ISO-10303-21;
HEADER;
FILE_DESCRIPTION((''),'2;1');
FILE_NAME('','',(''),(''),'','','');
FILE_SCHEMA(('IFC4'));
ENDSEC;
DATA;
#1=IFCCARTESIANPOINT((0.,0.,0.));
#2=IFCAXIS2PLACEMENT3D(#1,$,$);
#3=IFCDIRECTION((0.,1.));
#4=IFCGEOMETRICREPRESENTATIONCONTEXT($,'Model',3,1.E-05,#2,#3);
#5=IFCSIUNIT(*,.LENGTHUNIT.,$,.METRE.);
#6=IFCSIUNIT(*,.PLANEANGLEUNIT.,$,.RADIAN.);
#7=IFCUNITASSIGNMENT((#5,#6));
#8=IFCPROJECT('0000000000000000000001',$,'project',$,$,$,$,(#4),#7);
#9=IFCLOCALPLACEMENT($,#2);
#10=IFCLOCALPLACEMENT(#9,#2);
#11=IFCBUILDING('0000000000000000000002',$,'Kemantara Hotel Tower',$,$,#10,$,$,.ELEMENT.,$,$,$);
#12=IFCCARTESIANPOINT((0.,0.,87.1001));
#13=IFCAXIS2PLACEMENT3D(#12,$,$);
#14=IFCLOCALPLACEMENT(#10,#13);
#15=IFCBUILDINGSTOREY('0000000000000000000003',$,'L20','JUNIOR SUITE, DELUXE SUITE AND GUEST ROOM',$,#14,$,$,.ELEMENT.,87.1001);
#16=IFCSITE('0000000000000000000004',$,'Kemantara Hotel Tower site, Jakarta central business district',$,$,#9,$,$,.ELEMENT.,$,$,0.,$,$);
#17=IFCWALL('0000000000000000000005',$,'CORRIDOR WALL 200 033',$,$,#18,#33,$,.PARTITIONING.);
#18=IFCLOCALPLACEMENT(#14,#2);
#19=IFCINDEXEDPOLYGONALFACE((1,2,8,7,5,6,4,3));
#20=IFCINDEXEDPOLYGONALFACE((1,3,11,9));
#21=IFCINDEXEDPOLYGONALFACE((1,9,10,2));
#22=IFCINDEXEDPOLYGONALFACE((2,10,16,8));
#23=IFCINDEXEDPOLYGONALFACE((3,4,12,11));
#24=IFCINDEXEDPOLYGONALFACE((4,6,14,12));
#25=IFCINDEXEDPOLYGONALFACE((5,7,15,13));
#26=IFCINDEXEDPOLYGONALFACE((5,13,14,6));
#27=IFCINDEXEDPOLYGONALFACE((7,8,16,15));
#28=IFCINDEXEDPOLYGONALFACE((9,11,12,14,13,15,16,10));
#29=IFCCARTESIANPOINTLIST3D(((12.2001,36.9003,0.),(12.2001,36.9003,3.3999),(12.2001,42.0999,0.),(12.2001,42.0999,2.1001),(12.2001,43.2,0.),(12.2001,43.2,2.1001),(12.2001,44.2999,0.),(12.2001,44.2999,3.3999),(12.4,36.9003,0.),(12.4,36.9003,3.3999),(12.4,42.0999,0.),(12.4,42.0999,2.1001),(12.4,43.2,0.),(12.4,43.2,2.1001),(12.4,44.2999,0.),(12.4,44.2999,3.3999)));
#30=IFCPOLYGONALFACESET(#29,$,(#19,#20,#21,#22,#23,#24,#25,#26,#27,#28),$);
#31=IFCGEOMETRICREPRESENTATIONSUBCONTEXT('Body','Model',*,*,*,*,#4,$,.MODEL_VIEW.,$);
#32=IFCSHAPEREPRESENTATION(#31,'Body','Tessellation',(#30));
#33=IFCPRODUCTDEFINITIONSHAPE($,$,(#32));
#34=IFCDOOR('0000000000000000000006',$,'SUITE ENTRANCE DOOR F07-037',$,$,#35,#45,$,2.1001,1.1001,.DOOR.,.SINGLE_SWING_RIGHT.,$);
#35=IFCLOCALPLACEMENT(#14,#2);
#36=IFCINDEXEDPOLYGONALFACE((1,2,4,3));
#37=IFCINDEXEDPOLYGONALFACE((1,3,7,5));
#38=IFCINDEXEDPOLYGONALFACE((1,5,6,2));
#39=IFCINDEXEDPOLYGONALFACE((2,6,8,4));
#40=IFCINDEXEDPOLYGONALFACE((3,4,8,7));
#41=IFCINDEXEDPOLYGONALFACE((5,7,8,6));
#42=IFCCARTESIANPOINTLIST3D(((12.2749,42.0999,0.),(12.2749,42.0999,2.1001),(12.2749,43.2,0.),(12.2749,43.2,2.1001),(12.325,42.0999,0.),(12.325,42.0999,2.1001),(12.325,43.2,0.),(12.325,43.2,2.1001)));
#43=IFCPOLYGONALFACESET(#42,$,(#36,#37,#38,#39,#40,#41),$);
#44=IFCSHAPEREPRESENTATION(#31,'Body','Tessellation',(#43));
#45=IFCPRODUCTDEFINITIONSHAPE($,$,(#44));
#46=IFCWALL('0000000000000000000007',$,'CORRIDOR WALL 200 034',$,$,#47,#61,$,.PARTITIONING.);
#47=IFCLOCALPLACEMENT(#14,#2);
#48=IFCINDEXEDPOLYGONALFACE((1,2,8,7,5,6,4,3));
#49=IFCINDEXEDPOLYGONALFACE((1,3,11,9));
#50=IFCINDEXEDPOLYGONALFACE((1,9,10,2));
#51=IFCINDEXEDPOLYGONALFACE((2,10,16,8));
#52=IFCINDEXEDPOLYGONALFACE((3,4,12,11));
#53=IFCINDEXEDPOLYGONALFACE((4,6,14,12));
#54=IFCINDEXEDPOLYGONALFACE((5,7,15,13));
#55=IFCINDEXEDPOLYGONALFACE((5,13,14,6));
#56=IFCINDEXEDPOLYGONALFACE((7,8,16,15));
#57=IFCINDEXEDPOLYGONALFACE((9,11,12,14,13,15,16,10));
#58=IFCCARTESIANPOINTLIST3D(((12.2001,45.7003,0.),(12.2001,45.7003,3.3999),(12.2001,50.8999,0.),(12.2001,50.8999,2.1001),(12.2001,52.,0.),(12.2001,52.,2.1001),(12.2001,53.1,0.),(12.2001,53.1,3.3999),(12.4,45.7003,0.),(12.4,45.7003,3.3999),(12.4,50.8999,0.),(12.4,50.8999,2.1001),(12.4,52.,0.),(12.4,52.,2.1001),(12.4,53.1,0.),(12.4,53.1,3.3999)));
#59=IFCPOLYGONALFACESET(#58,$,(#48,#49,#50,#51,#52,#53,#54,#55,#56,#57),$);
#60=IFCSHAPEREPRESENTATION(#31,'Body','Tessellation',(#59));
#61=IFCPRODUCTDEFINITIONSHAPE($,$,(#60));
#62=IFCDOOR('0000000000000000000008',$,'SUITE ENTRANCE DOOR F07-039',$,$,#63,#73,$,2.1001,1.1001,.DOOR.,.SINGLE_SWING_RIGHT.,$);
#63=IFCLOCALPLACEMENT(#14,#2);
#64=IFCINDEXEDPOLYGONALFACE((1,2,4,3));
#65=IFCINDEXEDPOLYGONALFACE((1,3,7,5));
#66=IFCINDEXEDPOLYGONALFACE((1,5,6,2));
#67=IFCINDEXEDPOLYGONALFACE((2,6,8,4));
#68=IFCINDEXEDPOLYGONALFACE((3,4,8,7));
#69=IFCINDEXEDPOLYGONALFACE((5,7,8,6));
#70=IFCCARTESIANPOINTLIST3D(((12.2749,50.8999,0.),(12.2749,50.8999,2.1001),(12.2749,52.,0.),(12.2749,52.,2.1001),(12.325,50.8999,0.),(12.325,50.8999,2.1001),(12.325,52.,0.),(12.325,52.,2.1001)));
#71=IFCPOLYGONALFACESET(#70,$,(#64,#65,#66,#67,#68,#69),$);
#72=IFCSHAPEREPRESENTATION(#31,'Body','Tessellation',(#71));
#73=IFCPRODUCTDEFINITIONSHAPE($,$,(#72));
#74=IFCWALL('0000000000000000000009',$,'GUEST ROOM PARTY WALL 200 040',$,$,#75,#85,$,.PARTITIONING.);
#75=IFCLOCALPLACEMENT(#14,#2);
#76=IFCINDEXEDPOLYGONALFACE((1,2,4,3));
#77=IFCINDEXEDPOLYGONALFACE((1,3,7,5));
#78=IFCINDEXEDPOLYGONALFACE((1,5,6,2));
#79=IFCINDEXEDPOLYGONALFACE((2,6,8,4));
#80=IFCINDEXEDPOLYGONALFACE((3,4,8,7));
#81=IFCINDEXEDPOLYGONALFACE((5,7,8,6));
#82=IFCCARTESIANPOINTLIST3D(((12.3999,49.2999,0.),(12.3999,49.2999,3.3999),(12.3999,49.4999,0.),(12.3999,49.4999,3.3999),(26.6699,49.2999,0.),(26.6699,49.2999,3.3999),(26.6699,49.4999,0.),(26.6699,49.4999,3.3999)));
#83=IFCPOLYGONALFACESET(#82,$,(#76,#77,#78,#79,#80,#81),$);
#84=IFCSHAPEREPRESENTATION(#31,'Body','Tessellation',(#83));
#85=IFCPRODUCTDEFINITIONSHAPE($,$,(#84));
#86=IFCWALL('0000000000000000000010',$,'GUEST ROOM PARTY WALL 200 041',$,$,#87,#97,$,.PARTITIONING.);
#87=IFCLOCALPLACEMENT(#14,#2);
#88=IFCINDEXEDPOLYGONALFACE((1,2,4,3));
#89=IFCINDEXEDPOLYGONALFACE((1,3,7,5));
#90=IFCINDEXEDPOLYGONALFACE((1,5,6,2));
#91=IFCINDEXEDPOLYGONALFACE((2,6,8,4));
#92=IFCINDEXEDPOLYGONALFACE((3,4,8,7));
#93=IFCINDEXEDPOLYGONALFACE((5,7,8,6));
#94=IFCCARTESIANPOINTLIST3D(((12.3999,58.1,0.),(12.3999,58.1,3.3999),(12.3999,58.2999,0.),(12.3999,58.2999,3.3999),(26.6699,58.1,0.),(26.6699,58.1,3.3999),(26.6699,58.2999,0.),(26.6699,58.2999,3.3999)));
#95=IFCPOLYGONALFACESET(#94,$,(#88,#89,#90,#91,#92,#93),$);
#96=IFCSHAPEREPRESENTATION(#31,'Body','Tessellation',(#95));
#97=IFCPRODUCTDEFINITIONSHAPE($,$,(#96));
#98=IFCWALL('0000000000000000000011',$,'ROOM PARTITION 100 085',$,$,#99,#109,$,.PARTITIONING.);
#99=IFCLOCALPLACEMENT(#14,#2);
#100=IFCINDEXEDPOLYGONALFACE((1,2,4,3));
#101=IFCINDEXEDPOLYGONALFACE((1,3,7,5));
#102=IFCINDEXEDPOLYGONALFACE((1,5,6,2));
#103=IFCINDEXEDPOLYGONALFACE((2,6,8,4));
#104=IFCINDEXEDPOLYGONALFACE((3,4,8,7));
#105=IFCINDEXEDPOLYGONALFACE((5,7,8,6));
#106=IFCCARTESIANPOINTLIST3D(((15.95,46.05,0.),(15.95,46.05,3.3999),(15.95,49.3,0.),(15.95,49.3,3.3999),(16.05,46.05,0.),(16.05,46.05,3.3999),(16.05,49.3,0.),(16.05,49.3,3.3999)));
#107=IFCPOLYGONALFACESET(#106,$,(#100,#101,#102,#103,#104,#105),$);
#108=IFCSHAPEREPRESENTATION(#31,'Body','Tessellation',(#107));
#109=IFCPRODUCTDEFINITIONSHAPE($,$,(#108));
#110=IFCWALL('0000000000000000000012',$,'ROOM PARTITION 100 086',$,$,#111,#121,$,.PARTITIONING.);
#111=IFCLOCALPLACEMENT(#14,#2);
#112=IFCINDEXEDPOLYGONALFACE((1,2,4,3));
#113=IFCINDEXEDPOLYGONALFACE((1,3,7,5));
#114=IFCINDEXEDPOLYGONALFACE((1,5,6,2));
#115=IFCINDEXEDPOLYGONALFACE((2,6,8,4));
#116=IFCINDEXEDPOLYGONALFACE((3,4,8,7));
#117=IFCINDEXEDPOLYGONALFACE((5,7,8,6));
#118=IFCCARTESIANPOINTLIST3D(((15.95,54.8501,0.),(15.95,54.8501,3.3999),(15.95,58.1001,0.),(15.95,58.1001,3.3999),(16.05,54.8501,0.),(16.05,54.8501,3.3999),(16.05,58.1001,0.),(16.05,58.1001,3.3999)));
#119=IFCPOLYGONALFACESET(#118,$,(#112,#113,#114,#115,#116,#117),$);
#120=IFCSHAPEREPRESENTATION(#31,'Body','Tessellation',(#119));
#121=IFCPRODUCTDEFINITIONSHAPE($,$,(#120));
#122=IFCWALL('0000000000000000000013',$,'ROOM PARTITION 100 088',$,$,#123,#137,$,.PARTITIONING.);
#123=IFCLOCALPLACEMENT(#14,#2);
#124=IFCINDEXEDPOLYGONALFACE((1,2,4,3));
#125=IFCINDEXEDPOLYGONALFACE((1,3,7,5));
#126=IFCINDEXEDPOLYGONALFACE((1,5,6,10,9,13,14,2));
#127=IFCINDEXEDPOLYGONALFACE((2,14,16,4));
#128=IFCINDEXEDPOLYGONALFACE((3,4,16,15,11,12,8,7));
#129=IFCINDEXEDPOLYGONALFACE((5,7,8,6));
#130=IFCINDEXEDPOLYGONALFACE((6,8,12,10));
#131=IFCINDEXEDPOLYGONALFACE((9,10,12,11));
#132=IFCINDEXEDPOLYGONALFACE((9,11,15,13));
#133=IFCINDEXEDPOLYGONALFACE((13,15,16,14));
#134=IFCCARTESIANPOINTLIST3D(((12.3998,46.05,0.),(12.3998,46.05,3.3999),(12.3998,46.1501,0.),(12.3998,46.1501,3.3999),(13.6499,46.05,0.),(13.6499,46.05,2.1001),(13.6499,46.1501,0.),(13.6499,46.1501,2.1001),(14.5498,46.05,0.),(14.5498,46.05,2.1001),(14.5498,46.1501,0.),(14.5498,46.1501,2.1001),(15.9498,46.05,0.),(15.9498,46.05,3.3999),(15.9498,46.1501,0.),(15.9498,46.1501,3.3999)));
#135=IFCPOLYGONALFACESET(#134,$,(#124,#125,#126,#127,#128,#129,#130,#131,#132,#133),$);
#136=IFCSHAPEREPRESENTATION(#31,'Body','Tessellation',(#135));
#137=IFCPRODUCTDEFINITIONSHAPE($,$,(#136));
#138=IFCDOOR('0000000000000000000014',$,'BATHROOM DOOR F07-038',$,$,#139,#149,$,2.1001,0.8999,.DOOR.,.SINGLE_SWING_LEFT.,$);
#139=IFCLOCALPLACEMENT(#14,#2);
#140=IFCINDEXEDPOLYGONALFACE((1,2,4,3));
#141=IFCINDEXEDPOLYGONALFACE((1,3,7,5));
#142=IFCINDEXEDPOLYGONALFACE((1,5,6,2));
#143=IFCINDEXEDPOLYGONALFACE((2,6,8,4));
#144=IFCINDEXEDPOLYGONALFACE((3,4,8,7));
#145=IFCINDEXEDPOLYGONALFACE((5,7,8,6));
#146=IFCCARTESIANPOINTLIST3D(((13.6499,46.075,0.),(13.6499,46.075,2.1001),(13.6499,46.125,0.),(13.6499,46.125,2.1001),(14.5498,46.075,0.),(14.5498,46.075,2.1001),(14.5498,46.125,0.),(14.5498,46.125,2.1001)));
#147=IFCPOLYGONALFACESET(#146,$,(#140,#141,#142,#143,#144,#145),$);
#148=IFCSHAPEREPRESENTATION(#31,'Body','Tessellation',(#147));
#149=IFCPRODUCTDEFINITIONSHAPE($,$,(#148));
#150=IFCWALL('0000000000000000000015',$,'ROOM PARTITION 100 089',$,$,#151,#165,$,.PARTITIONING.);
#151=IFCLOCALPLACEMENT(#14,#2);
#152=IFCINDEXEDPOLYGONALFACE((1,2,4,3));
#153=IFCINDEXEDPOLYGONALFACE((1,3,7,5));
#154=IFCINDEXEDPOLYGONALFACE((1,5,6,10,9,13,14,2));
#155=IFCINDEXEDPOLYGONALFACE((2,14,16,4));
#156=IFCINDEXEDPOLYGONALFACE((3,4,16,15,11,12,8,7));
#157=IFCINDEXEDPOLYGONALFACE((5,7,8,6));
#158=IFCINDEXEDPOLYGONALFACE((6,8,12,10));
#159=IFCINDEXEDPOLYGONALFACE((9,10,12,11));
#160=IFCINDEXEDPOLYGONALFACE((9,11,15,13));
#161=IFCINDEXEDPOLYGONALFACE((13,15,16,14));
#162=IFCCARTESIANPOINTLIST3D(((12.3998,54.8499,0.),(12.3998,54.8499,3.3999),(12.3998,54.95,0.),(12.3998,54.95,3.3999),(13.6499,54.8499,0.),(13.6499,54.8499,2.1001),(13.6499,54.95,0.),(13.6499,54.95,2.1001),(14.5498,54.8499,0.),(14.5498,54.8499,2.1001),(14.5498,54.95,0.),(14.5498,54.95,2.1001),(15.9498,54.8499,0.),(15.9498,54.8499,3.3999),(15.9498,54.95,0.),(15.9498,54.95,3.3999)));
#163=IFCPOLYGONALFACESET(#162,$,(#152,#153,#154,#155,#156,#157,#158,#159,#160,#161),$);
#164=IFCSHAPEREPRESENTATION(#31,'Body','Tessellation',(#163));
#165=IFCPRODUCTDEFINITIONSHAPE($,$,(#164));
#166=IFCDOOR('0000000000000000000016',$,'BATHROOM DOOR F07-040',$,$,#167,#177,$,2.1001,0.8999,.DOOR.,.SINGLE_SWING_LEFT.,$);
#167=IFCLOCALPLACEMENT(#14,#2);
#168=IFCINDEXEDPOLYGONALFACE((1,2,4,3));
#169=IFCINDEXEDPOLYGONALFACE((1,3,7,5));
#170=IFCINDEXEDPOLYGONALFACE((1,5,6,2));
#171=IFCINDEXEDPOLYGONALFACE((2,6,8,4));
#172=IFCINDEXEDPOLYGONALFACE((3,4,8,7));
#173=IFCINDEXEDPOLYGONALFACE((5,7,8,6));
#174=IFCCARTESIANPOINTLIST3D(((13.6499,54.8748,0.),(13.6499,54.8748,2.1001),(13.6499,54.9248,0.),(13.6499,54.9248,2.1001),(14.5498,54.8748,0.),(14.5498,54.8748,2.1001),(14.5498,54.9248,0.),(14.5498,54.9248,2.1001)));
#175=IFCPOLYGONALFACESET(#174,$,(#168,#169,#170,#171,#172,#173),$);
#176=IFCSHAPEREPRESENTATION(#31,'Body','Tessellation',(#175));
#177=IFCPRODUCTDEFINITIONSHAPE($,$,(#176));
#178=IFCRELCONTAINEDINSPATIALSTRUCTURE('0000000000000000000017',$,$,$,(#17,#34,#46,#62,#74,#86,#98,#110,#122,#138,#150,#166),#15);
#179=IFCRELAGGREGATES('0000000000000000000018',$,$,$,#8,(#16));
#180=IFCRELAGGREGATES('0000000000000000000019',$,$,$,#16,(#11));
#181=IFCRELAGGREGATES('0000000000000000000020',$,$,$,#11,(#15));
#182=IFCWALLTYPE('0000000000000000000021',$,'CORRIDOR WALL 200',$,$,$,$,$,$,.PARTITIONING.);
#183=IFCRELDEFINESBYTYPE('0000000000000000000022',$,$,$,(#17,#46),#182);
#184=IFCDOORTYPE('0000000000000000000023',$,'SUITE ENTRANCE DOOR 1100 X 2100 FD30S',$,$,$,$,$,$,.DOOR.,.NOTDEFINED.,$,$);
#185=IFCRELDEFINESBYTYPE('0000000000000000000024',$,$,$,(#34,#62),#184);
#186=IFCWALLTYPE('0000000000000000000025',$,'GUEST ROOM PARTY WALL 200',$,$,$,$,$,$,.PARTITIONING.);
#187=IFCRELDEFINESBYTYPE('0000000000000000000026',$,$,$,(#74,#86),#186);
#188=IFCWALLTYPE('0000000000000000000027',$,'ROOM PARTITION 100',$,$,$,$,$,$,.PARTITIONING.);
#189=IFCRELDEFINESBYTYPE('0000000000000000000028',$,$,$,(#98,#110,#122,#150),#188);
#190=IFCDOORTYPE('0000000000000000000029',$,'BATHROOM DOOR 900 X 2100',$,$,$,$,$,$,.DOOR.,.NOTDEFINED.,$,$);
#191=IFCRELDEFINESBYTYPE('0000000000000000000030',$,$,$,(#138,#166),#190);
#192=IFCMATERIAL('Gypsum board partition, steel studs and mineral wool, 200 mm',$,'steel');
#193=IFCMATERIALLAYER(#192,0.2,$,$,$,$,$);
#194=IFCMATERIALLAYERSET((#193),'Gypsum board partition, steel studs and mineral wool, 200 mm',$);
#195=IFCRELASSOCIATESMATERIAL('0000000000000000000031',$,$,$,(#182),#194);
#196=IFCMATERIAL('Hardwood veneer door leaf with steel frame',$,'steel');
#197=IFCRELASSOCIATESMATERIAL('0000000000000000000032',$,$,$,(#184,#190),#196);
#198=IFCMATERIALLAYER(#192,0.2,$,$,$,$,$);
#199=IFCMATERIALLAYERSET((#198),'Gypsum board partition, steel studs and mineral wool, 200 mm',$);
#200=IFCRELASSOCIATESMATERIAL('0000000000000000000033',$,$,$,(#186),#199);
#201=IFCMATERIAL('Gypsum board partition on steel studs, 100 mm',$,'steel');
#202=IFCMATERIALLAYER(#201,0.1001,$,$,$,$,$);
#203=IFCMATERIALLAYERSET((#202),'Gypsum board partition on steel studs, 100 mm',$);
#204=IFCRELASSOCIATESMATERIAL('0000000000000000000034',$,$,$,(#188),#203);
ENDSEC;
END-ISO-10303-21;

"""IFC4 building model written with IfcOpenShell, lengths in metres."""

from ifc_helpers import new_model, si_unit, direction, frame, frame_2d, origin, place, context, subcontext, project, spatial, rectangle, extrude, material, layer, layer_set, type_object, element, fill, save


model = new_model("IFC4")

# Units and contexts
model_context = context("Model", 3, precision=1e-05, world=origin(), true_north=direction((0.0, 1.0)))
body_context = subcontext(model_context, "Body", "Model", "MODEL_VIEW")
ifc_project = project(units=[si_unit("LENGTHUNIT", "METRE"), si_unit("PLANEANGLEUNIT", "RADIAN")], contexts=[model_context])

# Site, building, storey
site_placement = place(None, origin())
site = spatial("IfcSite", under=ifc_project, at=site_placement, Name="Kemantara Hotel Tower site, Jakarta central business district", CompositionType="ELEMENT", RefElevation=0.0)
building_placement = place(site_placement, origin())
building = spatial("IfcBuilding", under=site, at=building_placement, Name="Kemantara Hotel Tower", CompositionType="ELEMENT")
storey_placement = place(building_placement, frame((0.0, 0.0, 87.1001)))
storey = spatial("IfcBuildingStorey", under=building, at=storey_placement, Name="L20", Description="JUNIOR SUITE, DELUXE SUITE AND GUEST ROOM", CompositionType="ELEMENT", Elevation=87.1001)

# Walls, openings, doors
ifc_material_1 = material(Name="Gypsum board partition, steel studs and mineral wool, 200 mm", Category="steel")
ifc_layer_1 = layer(ifc_material_1, 0.2)
ifc_layer_set_1 = layer_set([ifc_layer_1], Name="Gypsum board partition, steel studs and mineral wool, 200 mm")
wall_type_1 = type_object("IfcWallType", Name="CORRIDOR WALL 200", PredefinedType="PARTITIONING", material=ifc_layer_set_1)
wall_1_placement = place(storey_placement, frame((12.3, 44.2998, 0.0), z_axis=(0.0, 0.0, 1.0), x_axis=(0.0, -1.0, 0.0)))
wall_1 = element("IfcWall", 1, at=wall_1_placement, inside=storey, type_object=wall_type_1, Name="CORRIDOR WALL 200 033", PredefinedType="PARTITIONING", context=body_context, shape_type="SweptSolid", body=[
    extrude(rectangle(XDim=7.3997, YDim=0.2, at=frame_2d((3.6997, 0.0))), origin(), (0.0, 0.0, 1.0), 3.3999),
])
opening_1_placement = place(wall_1_placement, frame((1.0999, 0.0, 0.0)))
opening_1 = element("IfcOpeningElement", 2, at=opening_1_placement, cuts=wall_1, PredefinedType="OPENING", context=body_context, shape_type="SweptSolid", body=[
    extrude(rectangle(XDim=1.1001, YDim=2.1001, at=frame_2d((0.55, 1.05))), frame((0.0, 0.1099, 0.0), z_axis=(0.0, -1.0, 0.0), x_axis=(1.0, 0.0, 0.0)), (0.0, 0.0, 1.0), 0.22),
])
ifc_material_2 = material(Name="Hardwood veneer door leaf with steel frame", Category="steel")
door_type_1 = type_object("IfcDoorType", Name="SUITE ENTRANCE DOOR 1100 X 2100 FD30S", OperationType="NOTDEFINED", PredefinedType="DOOR", material=ifc_material_2)
door_1_placement = place(opening_1_placement, origin())
door_1 = element("IfcDoor", 3, at=door_1_placement, inside=storey, type_object=door_type_1, Name="SUITE ENTRANCE DOOR F07-037", OperationType="SINGLE_SWING_RIGHT", OverallHeight=2.1001, OverallWidth=1.1001, PredefinedType="DOOR", context=body_context, shape_type="SweptSolid", body=[
    extrude(rectangle(XDim=1.1001, YDim=2.1001, at=frame_2d((0.55, 1.05))), frame((0.0, 0.0249, 0.0), z_axis=(0.0, -1.0, 0.0), x_axis=(1.0, 0.0, 0.0)), (0.0, 0.0, 1.0), 0.05),
])
fill(opening_1, door_1)
wall_2_placement = place(storey_placement, frame((12.3, 53.0999, 0.0), z_axis=(0.0, 0.0, 1.0), x_axis=(0.0, -1.0, 0.0)))
wall_2 = element("IfcWall", 4, at=wall_2_placement, inside=storey, type_object=wall_type_1, Name="CORRIDOR WALL 200 034", PredefinedType="PARTITIONING", context=body_context, shape_type="SweptSolid", body=[
    extrude(rectangle(XDim=7.3997, YDim=0.2, at=frame_2d((3.6997, 0.0))), origin(), (0.0, 0.0, 1.0), 3.3999),
])
opening_2_placement = place(wall_2_placement, frame((1.0999, 0.0, 0.0)))
opening_2 = element("IfcOpeningElement", 5, at=opening_2_placement, cuts=wall_2, PredefinedType="OPENING", context=body_context, shape_type="SweptSolid", body=[
    extrude(rectangle(XDim=1.1001, YDim=2.1001, at=frame_2d((0.55, 1.05))), frame((0.0, 0.1099, 0.0), z_axis=(0.0, -1.0, 0.0), x_axis=(1.0, 0.0, 0.0)), (0.0, 0.0, 1.0), 0.22),
])
door_2_placement = place(opening_2_placement, origin())
door_2 = element("IfcDoor", 6, at=door_2_placement, inside=storey, type_object=door_type_1, Name="SUITE ENTRANCE DOOR F07-039", OperationType="SINGLE_SWING_RIGHT", OverallHeight=2.1001, OverallWidth=1.1001, PredefinedType="DOOR", context=body_context, shape_type="SweptSolid", body=[
    extrude(rectangle(XDim=1.1001, YDim=2.1001, at=frame_2d((0.55, 1.05))), frame((0.0, 0.0249, 0.0), z_axis=(0.0, -1.0, 0.0), x_axis=(1.0, 0.0, 0.0)), (0.0, 0.0, 1.0), 0.05),
])
fill(opening_2, door_2)

# Walls
ifc_layer_2 = layer(ifc_material_1, 0.2)
ifc_layer_set_2 = layer_set([ifc_layer_2], Name="Gypsum board partition, steel studs and mineral wool, 200 mm")
wall_type_2 = type_object("IfcWallType", Name="GUEST ROOM PARTY WALL 200", PredefinedType="PARTITIONING", material=ifc_layer_set_2)
for number, where, z_axis, x_axis, name in (
    (7, (12.3999, 49.3999, 0.0), (0.0, 0.0, 1.0), (1.0, 0.0, 0.0), "GUEST ROOM PARTY WALL 200 040"),
    (8, (12.3999, 58.2, 0.0), (0.0, 0.0, 1.0), (1.0, 0.0, 0.0), "GUEST ROOM PARTY WALL 200 041"),
):
    element("IfcWall", number, at=place(storey_placement, frame(where, z_axis=z_axis, x_axis=x_axis)), inside=storey, type_object=wall_type_2, Name=name, PredefinedType="PARTITIONING", context=body_context, shape_type="SweptSolid", body=[
        extrude(rectangle(XDim=14.27, YDim=0.2, at=frame_2d((7.135, 0.0))), origin(), (0.0, 0.0, 1.0), 3.3999),
    ])
ifc_material_3 = material(Name="Gypsum board partition on steel studs, 100 mm", Category="steel")
ifc_layer_3 = layer(ifc_material_3, 0.1001)
ifc_layer_set_3 = layer_set([ifc_layer_3], Name="Gypsum board partition on steel studs, 100 mm")
wall_type_3 = type_object("IfcWallType", Name="ROOM PARTITION 100", PredefinedType="PARTITIONING", material=ifc_layer_set_3)
for number, where, z_axis, x_axis, name in (
    (9, (16.0, 46.05, 0.0), (0.0, 0.0, 1.0), (0.0, 1.0, 0.0), "ROOM PARTITION 100 085"),
    (10, (16.0, 54.8501, 0.0), (0.0, 0.0, 1.0), (0.0, 1.0, 0.0), "ROOM PARTITION 100 086"),
):
    element("IfcWall", number, at=place(storey_placement, frame(where, z_axis=z_axis, x_axis=x_axis)), inside=storey, type_object=wall_type_3, Name=name, PredefinedType="PARTITIONING", context=body_context, shape_type="SweptSolid", body=[
        extrude(rectangle(XDim=3.25, YDim=0.1001, at=frame_2d((1.625, 0.0))), origin(), (0.0, 0.0, 1.0), 3.3999),
    ])

# Walls, openings, doors
wall_3_placement = place(storey_placement, frame((12.3999, 46.1001, 0.0), z_axis=(0.0, 0.0, 1.0), x_axis=(1.0, 0.0, 0.0)))
wall_3 = element("IfcWall", 11, at=wall_3_placement, inside=storey, type_object=wall_type_3, Name="ROOM PARTITION 100 088", PredefinedType="PARTITIONING", context=body_context, shape_type="SweptSolid", body=[
    extrude(rectangle(XDim=3.55, YDim=0.1001, at=frame_2d((1.7749, 0.0))), origin(), (0.0, 0.0, 1.0), 3.3999),
])
opening_3_placement = place(wall_3_placement, frame((1.25, 0.0, 0.0)))
opening_3 = element("IfcOpeningElement", 12, at=opening_3_placement, cuts=wall_3, PredefinedType="OPENING", context=body_context, shape_type="SweptSolid", body=[
    extrude(rectangle(XDim=0.8999, YDim=2.1001, at=frame_2d((0.45, 1.05))), frame((0.0, 0.0601, 0.0), z_axis=(0.0, -1.0, 0.0), x_axis=(1.0, 0.0, 0.0)), (0.0, 0.0, 1.0), 0.1201),
])
door_type_2 = type_object("IfcDoorType", Name="BATHROOM DOOR 900 X 2100", OperationType="NOTDEFINED", PredefinedType="DOOR", material=ifc_material_2)
door_3_placement = place(opening_3_placement, origin())
door_3 = element("IfcDoor", 13, at=door_3_placement, inside=storey, type_object=door_type_2, Name="BATHROOM DOOR F07-038", OperationType="SINGLE_SWING_LEFT", OverallHeight=2.1001, OverallWidth=0.8999, PredefinedType="DOOR", context=body_context, shape_type="SweptSolid", body=[
    extrude(rectangle(XDim=0.8999, YDim=2.1001, at=frame_2d((0.45, 1.05))), frame((0.0, 0.0249, 0.0), z_axis=(0.0, -1.0, 0.0), x_axis=(1.0, 0.0, 0.0)), (0.0, 0.0, 1.0), 0.05),
])
fill(opening_3, door_3)
wall_4_placement = place(storey_placement, frame((12.3999, 54.8999, 0.0), z_axis=(0.0, 0.0, 1.0), x_axis=(1.0, 0.0, 0.0)))
wall_4 = element("IfcWall", 14, at=wall_4_placement, inside=storey, type_object=wall_type_3, Name="ROOM PARTITION 100 089", PredefinedType="PARTITIONING", context=body_context, shape_type="SweptSolid", body=[
    extrude(rectangle(XDim=3.55, YDim=0.1001, at=frame_2d((1.7749, 0.0))), origin(), (0.0, 0.0, 1.0), 3.3999),
])
opening_4_placement = place(wall_4_placement, frame((1.25, 0.0, 0.0)))
opening_4 = element("IfcOpeningElement", 15, at=opening_4_placement, cuts=wall_4, PredefinedType="OPENING", context=body_context, shape_type="SweptSolid", body=[
    extrude(rectangle(XDim=0.8999, YDim=2.1001, at=frame_2d((0.45, 1.05))), frame((0.0, 0.0601, 0.0), z_axis=(0.0, -1.0, 0.0), x_axis=(1.0, 0.0, 0.0)), (0.0, 0.0, 1.0), 0.1201),
])
door_4_placement = place(opening_4_placement, origin())
door_4 = element("IfcDoor", 16, at=door_4_placement, inside=storey, type_object=door_type_2, Name="BATHROOM DOOR F07-040", OperationType="SINGLE_SWING_LEFT", OverallHeight=2.1001, OverallWidth=0.8999, PredefinedType="DOOR", context=body_context, shape_type="SweptSolid", body=[
    extrude(rectangle(XDim=0.8999, YDim=2.1001, at=frame_2d((0.45, 1.05))), frame((0.0, 0.0249, 0.0), z_axis=(0.0, -1.0, 0.0), x_axis=(1.0, 0.0, 0.0)), (0.0, 0.0, 1.0), 0.05),
])
fill(opening_4, door_4)

save(model, "model.ifc")
